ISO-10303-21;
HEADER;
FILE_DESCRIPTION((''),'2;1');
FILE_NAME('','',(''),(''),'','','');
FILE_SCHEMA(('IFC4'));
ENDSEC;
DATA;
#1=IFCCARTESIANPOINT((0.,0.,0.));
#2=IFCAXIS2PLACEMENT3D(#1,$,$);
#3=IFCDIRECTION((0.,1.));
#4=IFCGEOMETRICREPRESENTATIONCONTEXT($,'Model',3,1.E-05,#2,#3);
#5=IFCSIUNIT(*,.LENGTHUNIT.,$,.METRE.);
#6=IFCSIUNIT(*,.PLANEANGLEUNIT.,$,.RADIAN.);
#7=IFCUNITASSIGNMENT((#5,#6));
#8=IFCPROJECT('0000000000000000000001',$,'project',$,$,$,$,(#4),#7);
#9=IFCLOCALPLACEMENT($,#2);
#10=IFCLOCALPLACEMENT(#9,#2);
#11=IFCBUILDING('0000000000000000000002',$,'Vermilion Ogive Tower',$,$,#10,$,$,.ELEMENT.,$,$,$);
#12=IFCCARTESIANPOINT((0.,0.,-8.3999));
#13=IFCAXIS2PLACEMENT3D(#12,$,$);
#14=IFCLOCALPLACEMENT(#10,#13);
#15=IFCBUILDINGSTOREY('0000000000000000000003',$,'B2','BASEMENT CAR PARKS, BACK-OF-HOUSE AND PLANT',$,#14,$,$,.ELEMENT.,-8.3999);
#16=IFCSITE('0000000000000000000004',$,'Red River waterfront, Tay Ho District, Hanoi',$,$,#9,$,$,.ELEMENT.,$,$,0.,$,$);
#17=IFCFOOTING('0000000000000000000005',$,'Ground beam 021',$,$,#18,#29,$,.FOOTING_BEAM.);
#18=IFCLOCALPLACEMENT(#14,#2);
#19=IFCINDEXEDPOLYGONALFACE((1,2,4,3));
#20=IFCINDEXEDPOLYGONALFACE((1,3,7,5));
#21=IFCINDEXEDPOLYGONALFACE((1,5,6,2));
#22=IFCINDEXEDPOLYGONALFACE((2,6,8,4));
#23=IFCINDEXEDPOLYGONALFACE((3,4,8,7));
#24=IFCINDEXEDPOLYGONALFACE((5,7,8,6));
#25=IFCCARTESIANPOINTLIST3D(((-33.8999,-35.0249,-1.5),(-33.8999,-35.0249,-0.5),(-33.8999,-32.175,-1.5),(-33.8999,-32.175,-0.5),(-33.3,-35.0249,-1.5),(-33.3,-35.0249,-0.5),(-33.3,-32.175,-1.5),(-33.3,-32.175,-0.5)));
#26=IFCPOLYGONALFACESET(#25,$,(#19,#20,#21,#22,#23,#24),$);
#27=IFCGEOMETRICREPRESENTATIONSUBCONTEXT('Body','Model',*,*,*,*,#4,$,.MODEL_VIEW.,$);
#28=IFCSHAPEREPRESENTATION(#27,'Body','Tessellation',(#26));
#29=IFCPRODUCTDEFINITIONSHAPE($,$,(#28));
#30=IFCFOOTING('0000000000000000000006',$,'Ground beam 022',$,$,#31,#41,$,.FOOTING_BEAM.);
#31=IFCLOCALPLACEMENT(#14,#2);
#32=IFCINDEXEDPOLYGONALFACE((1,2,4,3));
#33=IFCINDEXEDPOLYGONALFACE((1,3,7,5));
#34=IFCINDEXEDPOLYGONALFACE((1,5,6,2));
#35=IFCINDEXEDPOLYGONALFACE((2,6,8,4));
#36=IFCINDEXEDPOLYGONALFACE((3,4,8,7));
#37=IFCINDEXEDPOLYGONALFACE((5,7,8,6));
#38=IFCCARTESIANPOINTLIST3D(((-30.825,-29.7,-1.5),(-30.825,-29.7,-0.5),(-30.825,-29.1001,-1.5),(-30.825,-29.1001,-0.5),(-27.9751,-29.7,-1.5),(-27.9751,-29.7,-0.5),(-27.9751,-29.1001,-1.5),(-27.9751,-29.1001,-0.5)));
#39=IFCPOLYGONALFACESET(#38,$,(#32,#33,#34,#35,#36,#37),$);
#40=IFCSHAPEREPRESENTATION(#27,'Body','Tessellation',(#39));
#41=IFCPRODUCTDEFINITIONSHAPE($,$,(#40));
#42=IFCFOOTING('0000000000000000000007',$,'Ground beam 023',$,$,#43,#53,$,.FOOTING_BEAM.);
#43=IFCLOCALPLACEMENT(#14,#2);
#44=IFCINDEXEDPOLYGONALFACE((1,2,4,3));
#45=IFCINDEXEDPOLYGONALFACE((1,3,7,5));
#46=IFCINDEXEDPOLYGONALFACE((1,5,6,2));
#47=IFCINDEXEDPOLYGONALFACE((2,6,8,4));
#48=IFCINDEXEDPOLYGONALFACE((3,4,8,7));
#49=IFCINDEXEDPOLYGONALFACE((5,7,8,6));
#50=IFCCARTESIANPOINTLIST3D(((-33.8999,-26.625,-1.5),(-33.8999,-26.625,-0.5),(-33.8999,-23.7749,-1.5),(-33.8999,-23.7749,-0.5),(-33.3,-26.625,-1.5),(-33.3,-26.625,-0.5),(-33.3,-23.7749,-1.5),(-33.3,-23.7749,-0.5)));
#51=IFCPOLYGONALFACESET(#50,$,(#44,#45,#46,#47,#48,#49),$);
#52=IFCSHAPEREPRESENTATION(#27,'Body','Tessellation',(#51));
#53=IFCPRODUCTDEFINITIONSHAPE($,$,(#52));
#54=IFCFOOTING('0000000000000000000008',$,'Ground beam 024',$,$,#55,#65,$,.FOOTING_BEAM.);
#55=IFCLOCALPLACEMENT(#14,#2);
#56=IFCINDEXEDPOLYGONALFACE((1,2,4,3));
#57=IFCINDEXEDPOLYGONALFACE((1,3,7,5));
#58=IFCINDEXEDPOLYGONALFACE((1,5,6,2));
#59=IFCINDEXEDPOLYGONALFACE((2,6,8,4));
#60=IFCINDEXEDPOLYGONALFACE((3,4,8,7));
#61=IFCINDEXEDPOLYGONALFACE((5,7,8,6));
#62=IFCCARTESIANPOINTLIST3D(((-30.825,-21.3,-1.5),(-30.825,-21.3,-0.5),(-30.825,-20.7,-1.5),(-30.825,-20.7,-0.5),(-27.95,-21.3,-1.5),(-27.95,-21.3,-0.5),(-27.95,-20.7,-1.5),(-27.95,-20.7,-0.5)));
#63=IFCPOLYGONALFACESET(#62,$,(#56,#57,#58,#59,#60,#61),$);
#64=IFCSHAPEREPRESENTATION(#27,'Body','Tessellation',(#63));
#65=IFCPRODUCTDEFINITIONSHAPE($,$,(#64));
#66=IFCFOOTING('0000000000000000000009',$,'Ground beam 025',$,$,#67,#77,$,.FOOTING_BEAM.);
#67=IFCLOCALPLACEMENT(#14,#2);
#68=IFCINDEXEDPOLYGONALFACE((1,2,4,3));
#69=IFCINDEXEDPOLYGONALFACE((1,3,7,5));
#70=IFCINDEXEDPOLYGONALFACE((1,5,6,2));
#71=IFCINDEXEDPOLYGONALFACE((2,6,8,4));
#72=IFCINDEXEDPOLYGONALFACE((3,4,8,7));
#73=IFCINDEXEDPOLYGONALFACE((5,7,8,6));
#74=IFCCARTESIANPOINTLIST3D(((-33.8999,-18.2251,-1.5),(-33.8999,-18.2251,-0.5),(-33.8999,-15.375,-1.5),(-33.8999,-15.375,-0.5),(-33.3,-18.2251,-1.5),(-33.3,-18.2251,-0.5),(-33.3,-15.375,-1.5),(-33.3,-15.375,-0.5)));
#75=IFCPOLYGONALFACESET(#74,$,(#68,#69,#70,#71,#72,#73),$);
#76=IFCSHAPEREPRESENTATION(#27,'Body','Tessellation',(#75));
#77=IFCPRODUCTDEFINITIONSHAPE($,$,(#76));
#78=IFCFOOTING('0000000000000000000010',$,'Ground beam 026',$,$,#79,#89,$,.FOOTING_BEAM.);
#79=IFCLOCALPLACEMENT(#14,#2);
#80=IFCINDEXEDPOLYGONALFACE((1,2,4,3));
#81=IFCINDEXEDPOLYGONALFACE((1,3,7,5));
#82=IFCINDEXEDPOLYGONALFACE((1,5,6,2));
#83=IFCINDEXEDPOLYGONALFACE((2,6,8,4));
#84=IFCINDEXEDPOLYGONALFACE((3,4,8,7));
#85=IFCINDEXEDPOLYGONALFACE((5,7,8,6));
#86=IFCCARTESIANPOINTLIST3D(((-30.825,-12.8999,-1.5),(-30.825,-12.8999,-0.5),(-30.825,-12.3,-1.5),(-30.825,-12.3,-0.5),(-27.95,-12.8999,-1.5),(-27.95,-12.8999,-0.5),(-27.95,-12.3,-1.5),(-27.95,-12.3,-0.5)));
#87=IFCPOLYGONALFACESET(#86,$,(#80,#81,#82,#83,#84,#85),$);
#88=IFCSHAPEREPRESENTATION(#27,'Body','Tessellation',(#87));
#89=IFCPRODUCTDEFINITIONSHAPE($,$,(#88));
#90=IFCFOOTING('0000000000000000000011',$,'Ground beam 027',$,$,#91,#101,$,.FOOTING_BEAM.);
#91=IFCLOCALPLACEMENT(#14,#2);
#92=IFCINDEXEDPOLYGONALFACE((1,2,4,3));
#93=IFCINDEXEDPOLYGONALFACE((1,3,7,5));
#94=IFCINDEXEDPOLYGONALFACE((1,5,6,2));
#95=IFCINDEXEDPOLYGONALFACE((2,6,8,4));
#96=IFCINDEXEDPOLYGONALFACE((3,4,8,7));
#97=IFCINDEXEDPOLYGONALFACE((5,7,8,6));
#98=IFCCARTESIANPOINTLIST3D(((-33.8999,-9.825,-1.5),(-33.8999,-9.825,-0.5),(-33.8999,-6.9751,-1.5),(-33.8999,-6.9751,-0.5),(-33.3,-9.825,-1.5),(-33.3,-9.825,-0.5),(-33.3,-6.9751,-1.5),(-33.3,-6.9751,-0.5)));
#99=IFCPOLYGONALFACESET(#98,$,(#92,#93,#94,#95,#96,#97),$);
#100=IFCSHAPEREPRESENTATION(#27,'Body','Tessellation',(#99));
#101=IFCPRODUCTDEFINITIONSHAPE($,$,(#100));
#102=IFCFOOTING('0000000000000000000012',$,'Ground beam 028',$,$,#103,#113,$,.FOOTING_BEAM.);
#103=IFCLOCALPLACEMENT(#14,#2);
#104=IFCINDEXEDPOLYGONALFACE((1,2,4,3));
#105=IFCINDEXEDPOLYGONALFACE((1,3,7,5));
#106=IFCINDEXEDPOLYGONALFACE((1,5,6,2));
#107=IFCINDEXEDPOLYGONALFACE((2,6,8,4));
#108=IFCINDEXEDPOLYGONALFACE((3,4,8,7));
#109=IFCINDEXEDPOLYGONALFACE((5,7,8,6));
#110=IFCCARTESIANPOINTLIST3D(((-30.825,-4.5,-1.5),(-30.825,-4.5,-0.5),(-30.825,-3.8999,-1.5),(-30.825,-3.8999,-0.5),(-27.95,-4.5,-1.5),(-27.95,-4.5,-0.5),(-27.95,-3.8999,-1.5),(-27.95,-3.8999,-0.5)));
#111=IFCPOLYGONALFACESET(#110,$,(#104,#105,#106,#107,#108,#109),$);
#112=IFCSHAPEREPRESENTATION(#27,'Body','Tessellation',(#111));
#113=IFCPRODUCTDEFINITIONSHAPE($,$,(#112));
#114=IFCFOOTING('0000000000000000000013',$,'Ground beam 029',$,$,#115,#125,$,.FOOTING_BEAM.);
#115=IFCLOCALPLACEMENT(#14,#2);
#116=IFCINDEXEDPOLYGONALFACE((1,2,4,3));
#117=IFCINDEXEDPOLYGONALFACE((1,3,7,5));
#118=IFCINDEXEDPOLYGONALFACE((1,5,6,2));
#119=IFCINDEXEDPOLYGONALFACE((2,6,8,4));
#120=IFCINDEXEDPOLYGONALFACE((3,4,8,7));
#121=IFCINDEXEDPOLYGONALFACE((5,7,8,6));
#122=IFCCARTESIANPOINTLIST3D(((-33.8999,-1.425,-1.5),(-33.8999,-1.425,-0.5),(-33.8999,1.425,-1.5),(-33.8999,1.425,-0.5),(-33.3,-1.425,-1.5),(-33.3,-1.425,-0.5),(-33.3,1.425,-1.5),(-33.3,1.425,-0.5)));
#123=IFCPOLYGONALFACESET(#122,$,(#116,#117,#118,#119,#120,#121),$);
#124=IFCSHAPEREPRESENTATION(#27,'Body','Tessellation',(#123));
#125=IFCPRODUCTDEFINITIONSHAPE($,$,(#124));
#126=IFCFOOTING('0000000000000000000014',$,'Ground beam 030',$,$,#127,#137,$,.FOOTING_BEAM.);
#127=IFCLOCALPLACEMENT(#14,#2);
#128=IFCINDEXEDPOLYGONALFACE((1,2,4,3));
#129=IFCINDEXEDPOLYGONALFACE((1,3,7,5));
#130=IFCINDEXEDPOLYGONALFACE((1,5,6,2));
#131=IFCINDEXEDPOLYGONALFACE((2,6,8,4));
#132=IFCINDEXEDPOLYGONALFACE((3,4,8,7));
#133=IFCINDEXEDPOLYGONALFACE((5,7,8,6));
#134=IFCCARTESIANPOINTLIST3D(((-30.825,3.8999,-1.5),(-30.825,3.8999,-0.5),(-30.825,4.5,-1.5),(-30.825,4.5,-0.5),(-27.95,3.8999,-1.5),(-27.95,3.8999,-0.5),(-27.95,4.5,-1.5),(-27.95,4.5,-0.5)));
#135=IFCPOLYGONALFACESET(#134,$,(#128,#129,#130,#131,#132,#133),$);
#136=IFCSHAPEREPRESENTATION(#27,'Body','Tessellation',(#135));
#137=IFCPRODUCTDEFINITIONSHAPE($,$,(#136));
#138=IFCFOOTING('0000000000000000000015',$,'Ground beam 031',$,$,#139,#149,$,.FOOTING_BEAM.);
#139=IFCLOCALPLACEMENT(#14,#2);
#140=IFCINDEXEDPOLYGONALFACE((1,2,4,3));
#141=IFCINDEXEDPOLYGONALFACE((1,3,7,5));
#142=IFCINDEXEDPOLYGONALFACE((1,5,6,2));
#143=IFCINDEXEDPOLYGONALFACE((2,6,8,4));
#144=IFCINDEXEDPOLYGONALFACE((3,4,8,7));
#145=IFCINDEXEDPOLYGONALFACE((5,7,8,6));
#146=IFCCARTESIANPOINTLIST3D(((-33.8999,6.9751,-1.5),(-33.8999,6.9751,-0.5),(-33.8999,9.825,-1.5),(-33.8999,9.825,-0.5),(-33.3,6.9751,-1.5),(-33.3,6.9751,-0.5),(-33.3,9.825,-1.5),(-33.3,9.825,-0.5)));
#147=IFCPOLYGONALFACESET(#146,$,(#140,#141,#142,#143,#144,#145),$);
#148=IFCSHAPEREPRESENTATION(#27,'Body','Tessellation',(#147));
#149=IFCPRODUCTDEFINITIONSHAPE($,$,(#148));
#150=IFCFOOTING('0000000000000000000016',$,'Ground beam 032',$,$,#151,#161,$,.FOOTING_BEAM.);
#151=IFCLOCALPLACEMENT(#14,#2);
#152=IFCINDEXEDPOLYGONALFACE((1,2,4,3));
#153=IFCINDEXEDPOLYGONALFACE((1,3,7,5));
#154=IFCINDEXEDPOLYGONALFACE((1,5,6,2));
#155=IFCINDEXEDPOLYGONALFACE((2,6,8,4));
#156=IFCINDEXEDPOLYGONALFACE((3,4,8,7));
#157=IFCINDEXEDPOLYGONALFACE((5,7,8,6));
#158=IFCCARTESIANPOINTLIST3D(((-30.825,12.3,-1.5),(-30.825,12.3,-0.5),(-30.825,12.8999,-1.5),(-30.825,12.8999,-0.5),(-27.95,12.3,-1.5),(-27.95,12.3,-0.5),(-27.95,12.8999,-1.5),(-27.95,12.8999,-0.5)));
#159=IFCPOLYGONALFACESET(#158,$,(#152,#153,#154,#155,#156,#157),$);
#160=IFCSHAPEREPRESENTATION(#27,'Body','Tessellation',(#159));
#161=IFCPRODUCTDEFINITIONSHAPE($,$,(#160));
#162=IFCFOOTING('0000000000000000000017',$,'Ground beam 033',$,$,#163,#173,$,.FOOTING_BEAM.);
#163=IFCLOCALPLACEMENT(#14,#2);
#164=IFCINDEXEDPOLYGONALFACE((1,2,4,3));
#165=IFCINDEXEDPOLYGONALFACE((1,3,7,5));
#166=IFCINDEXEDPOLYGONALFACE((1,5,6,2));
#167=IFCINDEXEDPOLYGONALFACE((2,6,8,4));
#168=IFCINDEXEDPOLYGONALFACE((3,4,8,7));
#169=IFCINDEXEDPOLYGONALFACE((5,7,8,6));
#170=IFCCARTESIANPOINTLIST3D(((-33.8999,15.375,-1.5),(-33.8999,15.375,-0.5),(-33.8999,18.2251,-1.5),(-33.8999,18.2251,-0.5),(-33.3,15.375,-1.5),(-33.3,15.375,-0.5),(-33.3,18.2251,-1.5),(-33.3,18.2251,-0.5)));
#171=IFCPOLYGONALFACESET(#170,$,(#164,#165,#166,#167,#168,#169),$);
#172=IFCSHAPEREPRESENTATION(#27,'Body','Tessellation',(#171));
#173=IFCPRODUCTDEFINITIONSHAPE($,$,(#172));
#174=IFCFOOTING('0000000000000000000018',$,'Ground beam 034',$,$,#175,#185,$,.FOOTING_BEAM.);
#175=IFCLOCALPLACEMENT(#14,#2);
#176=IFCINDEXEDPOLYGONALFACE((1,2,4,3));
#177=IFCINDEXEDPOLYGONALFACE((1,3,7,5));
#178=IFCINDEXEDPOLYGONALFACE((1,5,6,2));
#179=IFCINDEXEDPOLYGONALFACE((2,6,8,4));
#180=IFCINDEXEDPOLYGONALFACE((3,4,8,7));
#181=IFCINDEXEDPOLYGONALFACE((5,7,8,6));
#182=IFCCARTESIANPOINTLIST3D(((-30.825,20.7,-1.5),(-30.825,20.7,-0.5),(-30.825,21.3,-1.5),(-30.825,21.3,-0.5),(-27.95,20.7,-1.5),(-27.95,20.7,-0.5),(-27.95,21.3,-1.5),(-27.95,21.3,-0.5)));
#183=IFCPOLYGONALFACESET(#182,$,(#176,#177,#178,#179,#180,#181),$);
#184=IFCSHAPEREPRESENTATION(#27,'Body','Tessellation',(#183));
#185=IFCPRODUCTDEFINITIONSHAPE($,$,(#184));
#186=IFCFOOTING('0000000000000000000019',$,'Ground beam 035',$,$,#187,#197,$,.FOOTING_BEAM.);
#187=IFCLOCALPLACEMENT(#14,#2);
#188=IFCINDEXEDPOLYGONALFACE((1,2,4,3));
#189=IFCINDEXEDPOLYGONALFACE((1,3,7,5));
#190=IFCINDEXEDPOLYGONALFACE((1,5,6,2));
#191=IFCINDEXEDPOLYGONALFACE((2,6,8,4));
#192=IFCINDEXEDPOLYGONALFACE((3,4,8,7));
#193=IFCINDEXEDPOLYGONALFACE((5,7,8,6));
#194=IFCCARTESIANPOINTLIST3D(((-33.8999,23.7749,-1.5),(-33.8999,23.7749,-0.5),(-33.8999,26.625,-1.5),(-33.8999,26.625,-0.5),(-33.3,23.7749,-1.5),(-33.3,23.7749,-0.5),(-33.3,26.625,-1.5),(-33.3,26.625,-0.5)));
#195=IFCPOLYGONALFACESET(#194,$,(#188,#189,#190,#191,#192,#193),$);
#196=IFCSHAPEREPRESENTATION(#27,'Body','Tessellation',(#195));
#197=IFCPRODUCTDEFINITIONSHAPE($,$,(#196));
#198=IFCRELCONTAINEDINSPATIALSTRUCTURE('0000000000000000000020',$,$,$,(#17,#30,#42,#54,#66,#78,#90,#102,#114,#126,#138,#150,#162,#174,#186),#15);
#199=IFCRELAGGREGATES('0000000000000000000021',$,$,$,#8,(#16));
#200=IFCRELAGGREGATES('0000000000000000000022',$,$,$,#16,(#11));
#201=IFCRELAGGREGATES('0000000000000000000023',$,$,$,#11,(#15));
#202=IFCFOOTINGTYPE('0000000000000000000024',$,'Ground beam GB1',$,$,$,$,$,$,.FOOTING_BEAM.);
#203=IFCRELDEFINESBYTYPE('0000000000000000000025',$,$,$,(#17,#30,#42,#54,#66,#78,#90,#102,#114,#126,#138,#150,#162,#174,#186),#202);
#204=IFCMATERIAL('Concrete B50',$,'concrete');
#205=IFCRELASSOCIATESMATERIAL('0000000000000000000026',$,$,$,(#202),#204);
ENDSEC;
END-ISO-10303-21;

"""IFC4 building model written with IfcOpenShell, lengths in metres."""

from ifc_helpers import new_model, si_unit, direction, frame, origin, place, context, subcontext, project, spatial, polyline, outline, extrude, material, type_object, element, save


model = new_model("IFC4")

# Units and contexts
model_context = context("Model", 3, precision=1e-05, world=origin(), true_north=direction((0.0, 1.0)))
body_context = subcontext(model_context, "Body", "Model", "MODEL_VIEW")
ifc_project = project(units=[si_unit("LENGTHUNIT", "METRE"), si_unit("PLANEANGLEUNIT", "RADIAN")], contexts=[model_context])

# Site, building, storey
site_placement = place(None, origin())
site = spatial("IfcSite", under=ifc_project, at=site_placement, Name="Red River waterfront, Tay Ho District, Hanoi", CompositionType="ELEMENT", RefElevation=0.0)
building_placement = place(site_placement, origin())
building = spatial("IfcBuilding", under=site, at=building_placement, Name="Vermilion Ogive Tower", CompositionType="ELEMENT")
storey_placement = place(building_placement, frame((0.0, 0.0, -8.3999)))
storey = spatial("IfcBuildingStorey", under=building, at=storey_placement, Name="B2", Description="BASEMENT CAR PARKS, BACK-OF-HOUSE AND PLANT", CompositionType="ELEMENT", Elevation=-8.3999)

# Footings
ifc_material = material(Name="Concrete B50", Category="concrete")
footing_type = type_object("IfcFootingType", Name="Ground beam GB1", PredefinedType="FOOTING_BEAM", material=ifc_material)
footing_1_placement = place(storey_placement, frame((0.0, 0.0, -1.5)))
element("IfcFooting", 1, at=footing_1_placement, inside=storey, type_object=footing_type, Name="Ground beam 021", PredefinedType="FOOTING_BEAM", context=body_context, shape_type="SweptSolid", body=[
    extrude(outline(polyline([(-33.3, -35.0249), (-33.3, -32.175), (-33.8999, -32.175), (-33.8999, -35.0249), (-33.3, -35.0249)])), origin(), (0.0, 0.0, 1.0), 1.0),
])
footing_2_placement = place(storey_placement, frame((0.0, 0.0, -1.5)))
element("IfcFooting", 2, at=footing_2_placement, inside=storey, type_object=footing_type, Name="Ground beam 022", PredefinedType="FOOTING_BEAM", context=body_context, shape_type="SweptSolid", body=[
    extrude(outline(polyline([(-27.9751, -29.7), (-27.9751, -29.1001), (-30.825, -29.1001), (-30.825, -29.7), (-27.9751, -29.7)])), origin(), (0.0, 0.0, 1.0), 1.0),
])
footing_3_placement = place(storey_placement, frame((0.0, 0.0, -1.5)))
element("IfcFooting", 3, at=footing_3_placement, inside=storey, type_object=footing_type, Name="Ground beam 023", PredefinedType="FOOTING_BEAM", context=body_context, shape_type="SweptSolid", body=[
    extrude(outline(polyline([(-33.3, -26.625), (-33.3, -23.7749), (-33.8999, -23.7749), (-33.8999, -26.625), (-33.3, -26.625)])), origin(), (0.0, 0.0, 1.0), 1.0),
])
footing_4_placement = place(storey_placement, frame((0.0, 0.0, -1.5)))
element("IfcFooting", 4, at=footing_4_placement, inside=storey, type_object=footing_type, Name="Ground beam 024", PredefinedType="FOOTING_BEAM", context=body_context, shape_type="SweptSolid", body=[
    extrude(outline(polyline([(-27.95, -21.3), (-27.95, -20.7), (-30.825, -20.7), (-30.825, -21.3), (-27.95, -21.3)])), origin(), (0.0, 0.0, 1.0), 1.0),
])
footing_5_placement = place(storey_placement, frame((0.0, 0.0, -1.5)))
element("IfcFooting", 5, at=footing_5_placement, inside=storey, type_object=footing_type, Name="Ground beam 025", PredefinedType="FOOTING_BEAM", context=body_context, shape_type="SweptSolid", body=[
    extrude(outline(polyline([(-33.3, -18.2251), (-33.3, -15.375), (-33.8999, -15.375), (-33.8999, -18.2251), (-33.3, -18.2251)])), origin(), (0.0, 0.0, 1.0), 1.0),
])
footing_6_placement = place(storey_placement, frame((0.0, 0.0, -1.5)))
element("IfcFooting", 6, at=footing_6_placement, inside=storey, type_object=footing_type, Name="Ground beam 026", PredefinedType="FOOTING_BEAM", context=body_context, shape_type="SweptSolid", body=[
    extrude(outline(polyline([(-27.95, -12.8999), (-27.95, -12.3), (-30.825, -12.3), (-30.825, -12.8999), (-27.95, -12.8999)])), origin(), (0.0, 0.0, 1.0), 1.0),
])
footing_7_placement = place(storey_placement, frame((0.0, 0.0, -1.5)))
element("IfcFooting", 7, at=footing_7_placement, inside=storey, type_object=footing_type, Name="Ground beam 027", PredefinedType="FOOTING_BEAM", context=body_context, shape_type="SweptSolid", body=[
    extrude(outline(polyline([(-33.3, -9.825), (-33.3, -6.9751), (-33.8999, -6.9751), (-33.8999, -9.825), (-33.3, -9.825)])), origin(), (0.0, 0.0, 1.0), 1.0),
])
footing_8_placement = place(storey_placement, frame((0.0, 0.0, -1.5)))
element("IfcFooting", 8, at=footing_8_placement, inside=storey, type_object=footing_type, Name="Ground beam 028", PredefinedType="FOOTING_BEAM", context=body_context, shape_type="SweptSolid", body=[
    extrude(outline(polyline([(-27.95, -4.5), (-27.95, -3.8999), (-30.825, -3.8999), (-30.825, -4.5), (-27.95, -4.5)])), origin(), (0.0, 0.0, 1.0), 1.0),
])
footing_9_placement = place(storey_placement, frame((0.0, 0.0, -1.5)))
element("IfcFooting", 9, at=footing_9_placement, inside=storey, type_object=footing_type, Name="Ground beam 029", PredefinedType="FOOTING_BEAM", context=body_context, shape_type="SweptSolid", body=[
    extrude(outline(polyline([(-33.3, -1.425), (-33.3, 1.425), (-33.8999, 1.425), (-33.8999, -1.425), (-33.3, -1.425)])), origin(), (0.0, 0.0, 1.0), 1.0),
])
footing_10_placement = place(storey_placement, frame((0.0, 0.0, -1.5)))
element("IfcFooting", 10, at=footing_10_placement, inside=storey, type_object=footing_type, Name="Ground beam 030", PredefinedType="FOOTING_BEAM", context=body_context, shape_type="SweptSolid", body=[
    extrude(outline(polyline([(-27.95, 3.8999), (-27.95, 4.5), (-30.825, 4.5), (-30.825, 3.8999), (-27.95, 3.8999)])), origin(), (0.0, 0.0, 1.0), 1.0),
])
footing_11_placement = place(storey_placement, frame((0.0, 0.0, -1.5)))
element("IfcFooting", 11, at=footing_11_placement, inside=storey, type_object=footing_type, Name="Ground beam 031", PredefinedType="FOOTING_BEAM", context=body_context, shape_type="SweptSolid", body=[
    extrude(outline(polyline([(-33.3, 6.9751), (-33.3, 9.825), (-33.8999, 9.825), (-33.8999, 6.9751), (-33.3, 6.9751)])), origin(), (0.0, 0.0, 1.0), 1.0),
])
footing_12_placement = place(storey_placement, frame((0.0, 0.0, -1.5)))
element("IfcFooting", 12, at=footing_12_placement, inside=storey, type_object=footing_type, Name="Ground beam 032", PredefinedType="FOOTING_BEAM", context=body_context, shape_type="SweptSolid", body=[
    extrude(outline(polyline([(-27.95, 12.3), (-27.95, 12.8999), (-30.825, 12.8999), (-30.825, 12.3), (-27.95, 12.3)])), origin(), (0.0, 0.0, 1.0), 1.0),
])
footing_13_placement = place(storey_placement, frame((0.0, 0.0, -1.5)))
element("IfcFooting", 13, at=footing_13_placement, inside=storey, type_object=footing_type, Name="Ground beam 033", PredefinedType="FOOTING_BEAM", context=body_context, shape_type="SweptSolid", body=[
    extrude(outline(polyline([(-33.3, 15.375), (-33.3, 18.2251), (-33.8999, 18.2251), (-33.8999, 15.375), (-33.3, 15.375)])), origin(), (0.0, 0.0, 1.0), 1.0),
])
footing_14_placement = place(storey_placement, frame((0.0, 0.0, -1.5)))
element("IfcFooting", 14, at=footing_14_placement, inside=storey, type_object=footing_type, Name="Ground beam 034", PredefinedType="FOOTING_BEAM", context=body_context, shape_type="SweptSolid", body=[
    extrude(outline(polyline([(-27.95, 20.7), (-27.95, 21.3), (-30.825, 21.3), (-30.825, 20.7), (-27.95, 20.7)])), origin(), (0.0, 0.0, 1.0), 1.0),
])
footing_15_placement = place(storey_placement, frame((0.0, 0.0, -1.5)))
element("IfcFooting", 15, at=footing_15_placement, inside=storey, type_object=footing_type, Name="Ground beam 035", PredefinedType="FOOTING_BEAM", context=body_context, shape_type="SweptSolid", body=[
    extrude(outline(polyline([(-33.3, 23.7749), (-33.3, 26.625), (-33.8999, 26.625), (-33.8999, 23.7749), (-33.3, 23.7749)])), origin(), (0.0, 0.0, 1.0), 1.0),
])

save(model, "model.ifc")
